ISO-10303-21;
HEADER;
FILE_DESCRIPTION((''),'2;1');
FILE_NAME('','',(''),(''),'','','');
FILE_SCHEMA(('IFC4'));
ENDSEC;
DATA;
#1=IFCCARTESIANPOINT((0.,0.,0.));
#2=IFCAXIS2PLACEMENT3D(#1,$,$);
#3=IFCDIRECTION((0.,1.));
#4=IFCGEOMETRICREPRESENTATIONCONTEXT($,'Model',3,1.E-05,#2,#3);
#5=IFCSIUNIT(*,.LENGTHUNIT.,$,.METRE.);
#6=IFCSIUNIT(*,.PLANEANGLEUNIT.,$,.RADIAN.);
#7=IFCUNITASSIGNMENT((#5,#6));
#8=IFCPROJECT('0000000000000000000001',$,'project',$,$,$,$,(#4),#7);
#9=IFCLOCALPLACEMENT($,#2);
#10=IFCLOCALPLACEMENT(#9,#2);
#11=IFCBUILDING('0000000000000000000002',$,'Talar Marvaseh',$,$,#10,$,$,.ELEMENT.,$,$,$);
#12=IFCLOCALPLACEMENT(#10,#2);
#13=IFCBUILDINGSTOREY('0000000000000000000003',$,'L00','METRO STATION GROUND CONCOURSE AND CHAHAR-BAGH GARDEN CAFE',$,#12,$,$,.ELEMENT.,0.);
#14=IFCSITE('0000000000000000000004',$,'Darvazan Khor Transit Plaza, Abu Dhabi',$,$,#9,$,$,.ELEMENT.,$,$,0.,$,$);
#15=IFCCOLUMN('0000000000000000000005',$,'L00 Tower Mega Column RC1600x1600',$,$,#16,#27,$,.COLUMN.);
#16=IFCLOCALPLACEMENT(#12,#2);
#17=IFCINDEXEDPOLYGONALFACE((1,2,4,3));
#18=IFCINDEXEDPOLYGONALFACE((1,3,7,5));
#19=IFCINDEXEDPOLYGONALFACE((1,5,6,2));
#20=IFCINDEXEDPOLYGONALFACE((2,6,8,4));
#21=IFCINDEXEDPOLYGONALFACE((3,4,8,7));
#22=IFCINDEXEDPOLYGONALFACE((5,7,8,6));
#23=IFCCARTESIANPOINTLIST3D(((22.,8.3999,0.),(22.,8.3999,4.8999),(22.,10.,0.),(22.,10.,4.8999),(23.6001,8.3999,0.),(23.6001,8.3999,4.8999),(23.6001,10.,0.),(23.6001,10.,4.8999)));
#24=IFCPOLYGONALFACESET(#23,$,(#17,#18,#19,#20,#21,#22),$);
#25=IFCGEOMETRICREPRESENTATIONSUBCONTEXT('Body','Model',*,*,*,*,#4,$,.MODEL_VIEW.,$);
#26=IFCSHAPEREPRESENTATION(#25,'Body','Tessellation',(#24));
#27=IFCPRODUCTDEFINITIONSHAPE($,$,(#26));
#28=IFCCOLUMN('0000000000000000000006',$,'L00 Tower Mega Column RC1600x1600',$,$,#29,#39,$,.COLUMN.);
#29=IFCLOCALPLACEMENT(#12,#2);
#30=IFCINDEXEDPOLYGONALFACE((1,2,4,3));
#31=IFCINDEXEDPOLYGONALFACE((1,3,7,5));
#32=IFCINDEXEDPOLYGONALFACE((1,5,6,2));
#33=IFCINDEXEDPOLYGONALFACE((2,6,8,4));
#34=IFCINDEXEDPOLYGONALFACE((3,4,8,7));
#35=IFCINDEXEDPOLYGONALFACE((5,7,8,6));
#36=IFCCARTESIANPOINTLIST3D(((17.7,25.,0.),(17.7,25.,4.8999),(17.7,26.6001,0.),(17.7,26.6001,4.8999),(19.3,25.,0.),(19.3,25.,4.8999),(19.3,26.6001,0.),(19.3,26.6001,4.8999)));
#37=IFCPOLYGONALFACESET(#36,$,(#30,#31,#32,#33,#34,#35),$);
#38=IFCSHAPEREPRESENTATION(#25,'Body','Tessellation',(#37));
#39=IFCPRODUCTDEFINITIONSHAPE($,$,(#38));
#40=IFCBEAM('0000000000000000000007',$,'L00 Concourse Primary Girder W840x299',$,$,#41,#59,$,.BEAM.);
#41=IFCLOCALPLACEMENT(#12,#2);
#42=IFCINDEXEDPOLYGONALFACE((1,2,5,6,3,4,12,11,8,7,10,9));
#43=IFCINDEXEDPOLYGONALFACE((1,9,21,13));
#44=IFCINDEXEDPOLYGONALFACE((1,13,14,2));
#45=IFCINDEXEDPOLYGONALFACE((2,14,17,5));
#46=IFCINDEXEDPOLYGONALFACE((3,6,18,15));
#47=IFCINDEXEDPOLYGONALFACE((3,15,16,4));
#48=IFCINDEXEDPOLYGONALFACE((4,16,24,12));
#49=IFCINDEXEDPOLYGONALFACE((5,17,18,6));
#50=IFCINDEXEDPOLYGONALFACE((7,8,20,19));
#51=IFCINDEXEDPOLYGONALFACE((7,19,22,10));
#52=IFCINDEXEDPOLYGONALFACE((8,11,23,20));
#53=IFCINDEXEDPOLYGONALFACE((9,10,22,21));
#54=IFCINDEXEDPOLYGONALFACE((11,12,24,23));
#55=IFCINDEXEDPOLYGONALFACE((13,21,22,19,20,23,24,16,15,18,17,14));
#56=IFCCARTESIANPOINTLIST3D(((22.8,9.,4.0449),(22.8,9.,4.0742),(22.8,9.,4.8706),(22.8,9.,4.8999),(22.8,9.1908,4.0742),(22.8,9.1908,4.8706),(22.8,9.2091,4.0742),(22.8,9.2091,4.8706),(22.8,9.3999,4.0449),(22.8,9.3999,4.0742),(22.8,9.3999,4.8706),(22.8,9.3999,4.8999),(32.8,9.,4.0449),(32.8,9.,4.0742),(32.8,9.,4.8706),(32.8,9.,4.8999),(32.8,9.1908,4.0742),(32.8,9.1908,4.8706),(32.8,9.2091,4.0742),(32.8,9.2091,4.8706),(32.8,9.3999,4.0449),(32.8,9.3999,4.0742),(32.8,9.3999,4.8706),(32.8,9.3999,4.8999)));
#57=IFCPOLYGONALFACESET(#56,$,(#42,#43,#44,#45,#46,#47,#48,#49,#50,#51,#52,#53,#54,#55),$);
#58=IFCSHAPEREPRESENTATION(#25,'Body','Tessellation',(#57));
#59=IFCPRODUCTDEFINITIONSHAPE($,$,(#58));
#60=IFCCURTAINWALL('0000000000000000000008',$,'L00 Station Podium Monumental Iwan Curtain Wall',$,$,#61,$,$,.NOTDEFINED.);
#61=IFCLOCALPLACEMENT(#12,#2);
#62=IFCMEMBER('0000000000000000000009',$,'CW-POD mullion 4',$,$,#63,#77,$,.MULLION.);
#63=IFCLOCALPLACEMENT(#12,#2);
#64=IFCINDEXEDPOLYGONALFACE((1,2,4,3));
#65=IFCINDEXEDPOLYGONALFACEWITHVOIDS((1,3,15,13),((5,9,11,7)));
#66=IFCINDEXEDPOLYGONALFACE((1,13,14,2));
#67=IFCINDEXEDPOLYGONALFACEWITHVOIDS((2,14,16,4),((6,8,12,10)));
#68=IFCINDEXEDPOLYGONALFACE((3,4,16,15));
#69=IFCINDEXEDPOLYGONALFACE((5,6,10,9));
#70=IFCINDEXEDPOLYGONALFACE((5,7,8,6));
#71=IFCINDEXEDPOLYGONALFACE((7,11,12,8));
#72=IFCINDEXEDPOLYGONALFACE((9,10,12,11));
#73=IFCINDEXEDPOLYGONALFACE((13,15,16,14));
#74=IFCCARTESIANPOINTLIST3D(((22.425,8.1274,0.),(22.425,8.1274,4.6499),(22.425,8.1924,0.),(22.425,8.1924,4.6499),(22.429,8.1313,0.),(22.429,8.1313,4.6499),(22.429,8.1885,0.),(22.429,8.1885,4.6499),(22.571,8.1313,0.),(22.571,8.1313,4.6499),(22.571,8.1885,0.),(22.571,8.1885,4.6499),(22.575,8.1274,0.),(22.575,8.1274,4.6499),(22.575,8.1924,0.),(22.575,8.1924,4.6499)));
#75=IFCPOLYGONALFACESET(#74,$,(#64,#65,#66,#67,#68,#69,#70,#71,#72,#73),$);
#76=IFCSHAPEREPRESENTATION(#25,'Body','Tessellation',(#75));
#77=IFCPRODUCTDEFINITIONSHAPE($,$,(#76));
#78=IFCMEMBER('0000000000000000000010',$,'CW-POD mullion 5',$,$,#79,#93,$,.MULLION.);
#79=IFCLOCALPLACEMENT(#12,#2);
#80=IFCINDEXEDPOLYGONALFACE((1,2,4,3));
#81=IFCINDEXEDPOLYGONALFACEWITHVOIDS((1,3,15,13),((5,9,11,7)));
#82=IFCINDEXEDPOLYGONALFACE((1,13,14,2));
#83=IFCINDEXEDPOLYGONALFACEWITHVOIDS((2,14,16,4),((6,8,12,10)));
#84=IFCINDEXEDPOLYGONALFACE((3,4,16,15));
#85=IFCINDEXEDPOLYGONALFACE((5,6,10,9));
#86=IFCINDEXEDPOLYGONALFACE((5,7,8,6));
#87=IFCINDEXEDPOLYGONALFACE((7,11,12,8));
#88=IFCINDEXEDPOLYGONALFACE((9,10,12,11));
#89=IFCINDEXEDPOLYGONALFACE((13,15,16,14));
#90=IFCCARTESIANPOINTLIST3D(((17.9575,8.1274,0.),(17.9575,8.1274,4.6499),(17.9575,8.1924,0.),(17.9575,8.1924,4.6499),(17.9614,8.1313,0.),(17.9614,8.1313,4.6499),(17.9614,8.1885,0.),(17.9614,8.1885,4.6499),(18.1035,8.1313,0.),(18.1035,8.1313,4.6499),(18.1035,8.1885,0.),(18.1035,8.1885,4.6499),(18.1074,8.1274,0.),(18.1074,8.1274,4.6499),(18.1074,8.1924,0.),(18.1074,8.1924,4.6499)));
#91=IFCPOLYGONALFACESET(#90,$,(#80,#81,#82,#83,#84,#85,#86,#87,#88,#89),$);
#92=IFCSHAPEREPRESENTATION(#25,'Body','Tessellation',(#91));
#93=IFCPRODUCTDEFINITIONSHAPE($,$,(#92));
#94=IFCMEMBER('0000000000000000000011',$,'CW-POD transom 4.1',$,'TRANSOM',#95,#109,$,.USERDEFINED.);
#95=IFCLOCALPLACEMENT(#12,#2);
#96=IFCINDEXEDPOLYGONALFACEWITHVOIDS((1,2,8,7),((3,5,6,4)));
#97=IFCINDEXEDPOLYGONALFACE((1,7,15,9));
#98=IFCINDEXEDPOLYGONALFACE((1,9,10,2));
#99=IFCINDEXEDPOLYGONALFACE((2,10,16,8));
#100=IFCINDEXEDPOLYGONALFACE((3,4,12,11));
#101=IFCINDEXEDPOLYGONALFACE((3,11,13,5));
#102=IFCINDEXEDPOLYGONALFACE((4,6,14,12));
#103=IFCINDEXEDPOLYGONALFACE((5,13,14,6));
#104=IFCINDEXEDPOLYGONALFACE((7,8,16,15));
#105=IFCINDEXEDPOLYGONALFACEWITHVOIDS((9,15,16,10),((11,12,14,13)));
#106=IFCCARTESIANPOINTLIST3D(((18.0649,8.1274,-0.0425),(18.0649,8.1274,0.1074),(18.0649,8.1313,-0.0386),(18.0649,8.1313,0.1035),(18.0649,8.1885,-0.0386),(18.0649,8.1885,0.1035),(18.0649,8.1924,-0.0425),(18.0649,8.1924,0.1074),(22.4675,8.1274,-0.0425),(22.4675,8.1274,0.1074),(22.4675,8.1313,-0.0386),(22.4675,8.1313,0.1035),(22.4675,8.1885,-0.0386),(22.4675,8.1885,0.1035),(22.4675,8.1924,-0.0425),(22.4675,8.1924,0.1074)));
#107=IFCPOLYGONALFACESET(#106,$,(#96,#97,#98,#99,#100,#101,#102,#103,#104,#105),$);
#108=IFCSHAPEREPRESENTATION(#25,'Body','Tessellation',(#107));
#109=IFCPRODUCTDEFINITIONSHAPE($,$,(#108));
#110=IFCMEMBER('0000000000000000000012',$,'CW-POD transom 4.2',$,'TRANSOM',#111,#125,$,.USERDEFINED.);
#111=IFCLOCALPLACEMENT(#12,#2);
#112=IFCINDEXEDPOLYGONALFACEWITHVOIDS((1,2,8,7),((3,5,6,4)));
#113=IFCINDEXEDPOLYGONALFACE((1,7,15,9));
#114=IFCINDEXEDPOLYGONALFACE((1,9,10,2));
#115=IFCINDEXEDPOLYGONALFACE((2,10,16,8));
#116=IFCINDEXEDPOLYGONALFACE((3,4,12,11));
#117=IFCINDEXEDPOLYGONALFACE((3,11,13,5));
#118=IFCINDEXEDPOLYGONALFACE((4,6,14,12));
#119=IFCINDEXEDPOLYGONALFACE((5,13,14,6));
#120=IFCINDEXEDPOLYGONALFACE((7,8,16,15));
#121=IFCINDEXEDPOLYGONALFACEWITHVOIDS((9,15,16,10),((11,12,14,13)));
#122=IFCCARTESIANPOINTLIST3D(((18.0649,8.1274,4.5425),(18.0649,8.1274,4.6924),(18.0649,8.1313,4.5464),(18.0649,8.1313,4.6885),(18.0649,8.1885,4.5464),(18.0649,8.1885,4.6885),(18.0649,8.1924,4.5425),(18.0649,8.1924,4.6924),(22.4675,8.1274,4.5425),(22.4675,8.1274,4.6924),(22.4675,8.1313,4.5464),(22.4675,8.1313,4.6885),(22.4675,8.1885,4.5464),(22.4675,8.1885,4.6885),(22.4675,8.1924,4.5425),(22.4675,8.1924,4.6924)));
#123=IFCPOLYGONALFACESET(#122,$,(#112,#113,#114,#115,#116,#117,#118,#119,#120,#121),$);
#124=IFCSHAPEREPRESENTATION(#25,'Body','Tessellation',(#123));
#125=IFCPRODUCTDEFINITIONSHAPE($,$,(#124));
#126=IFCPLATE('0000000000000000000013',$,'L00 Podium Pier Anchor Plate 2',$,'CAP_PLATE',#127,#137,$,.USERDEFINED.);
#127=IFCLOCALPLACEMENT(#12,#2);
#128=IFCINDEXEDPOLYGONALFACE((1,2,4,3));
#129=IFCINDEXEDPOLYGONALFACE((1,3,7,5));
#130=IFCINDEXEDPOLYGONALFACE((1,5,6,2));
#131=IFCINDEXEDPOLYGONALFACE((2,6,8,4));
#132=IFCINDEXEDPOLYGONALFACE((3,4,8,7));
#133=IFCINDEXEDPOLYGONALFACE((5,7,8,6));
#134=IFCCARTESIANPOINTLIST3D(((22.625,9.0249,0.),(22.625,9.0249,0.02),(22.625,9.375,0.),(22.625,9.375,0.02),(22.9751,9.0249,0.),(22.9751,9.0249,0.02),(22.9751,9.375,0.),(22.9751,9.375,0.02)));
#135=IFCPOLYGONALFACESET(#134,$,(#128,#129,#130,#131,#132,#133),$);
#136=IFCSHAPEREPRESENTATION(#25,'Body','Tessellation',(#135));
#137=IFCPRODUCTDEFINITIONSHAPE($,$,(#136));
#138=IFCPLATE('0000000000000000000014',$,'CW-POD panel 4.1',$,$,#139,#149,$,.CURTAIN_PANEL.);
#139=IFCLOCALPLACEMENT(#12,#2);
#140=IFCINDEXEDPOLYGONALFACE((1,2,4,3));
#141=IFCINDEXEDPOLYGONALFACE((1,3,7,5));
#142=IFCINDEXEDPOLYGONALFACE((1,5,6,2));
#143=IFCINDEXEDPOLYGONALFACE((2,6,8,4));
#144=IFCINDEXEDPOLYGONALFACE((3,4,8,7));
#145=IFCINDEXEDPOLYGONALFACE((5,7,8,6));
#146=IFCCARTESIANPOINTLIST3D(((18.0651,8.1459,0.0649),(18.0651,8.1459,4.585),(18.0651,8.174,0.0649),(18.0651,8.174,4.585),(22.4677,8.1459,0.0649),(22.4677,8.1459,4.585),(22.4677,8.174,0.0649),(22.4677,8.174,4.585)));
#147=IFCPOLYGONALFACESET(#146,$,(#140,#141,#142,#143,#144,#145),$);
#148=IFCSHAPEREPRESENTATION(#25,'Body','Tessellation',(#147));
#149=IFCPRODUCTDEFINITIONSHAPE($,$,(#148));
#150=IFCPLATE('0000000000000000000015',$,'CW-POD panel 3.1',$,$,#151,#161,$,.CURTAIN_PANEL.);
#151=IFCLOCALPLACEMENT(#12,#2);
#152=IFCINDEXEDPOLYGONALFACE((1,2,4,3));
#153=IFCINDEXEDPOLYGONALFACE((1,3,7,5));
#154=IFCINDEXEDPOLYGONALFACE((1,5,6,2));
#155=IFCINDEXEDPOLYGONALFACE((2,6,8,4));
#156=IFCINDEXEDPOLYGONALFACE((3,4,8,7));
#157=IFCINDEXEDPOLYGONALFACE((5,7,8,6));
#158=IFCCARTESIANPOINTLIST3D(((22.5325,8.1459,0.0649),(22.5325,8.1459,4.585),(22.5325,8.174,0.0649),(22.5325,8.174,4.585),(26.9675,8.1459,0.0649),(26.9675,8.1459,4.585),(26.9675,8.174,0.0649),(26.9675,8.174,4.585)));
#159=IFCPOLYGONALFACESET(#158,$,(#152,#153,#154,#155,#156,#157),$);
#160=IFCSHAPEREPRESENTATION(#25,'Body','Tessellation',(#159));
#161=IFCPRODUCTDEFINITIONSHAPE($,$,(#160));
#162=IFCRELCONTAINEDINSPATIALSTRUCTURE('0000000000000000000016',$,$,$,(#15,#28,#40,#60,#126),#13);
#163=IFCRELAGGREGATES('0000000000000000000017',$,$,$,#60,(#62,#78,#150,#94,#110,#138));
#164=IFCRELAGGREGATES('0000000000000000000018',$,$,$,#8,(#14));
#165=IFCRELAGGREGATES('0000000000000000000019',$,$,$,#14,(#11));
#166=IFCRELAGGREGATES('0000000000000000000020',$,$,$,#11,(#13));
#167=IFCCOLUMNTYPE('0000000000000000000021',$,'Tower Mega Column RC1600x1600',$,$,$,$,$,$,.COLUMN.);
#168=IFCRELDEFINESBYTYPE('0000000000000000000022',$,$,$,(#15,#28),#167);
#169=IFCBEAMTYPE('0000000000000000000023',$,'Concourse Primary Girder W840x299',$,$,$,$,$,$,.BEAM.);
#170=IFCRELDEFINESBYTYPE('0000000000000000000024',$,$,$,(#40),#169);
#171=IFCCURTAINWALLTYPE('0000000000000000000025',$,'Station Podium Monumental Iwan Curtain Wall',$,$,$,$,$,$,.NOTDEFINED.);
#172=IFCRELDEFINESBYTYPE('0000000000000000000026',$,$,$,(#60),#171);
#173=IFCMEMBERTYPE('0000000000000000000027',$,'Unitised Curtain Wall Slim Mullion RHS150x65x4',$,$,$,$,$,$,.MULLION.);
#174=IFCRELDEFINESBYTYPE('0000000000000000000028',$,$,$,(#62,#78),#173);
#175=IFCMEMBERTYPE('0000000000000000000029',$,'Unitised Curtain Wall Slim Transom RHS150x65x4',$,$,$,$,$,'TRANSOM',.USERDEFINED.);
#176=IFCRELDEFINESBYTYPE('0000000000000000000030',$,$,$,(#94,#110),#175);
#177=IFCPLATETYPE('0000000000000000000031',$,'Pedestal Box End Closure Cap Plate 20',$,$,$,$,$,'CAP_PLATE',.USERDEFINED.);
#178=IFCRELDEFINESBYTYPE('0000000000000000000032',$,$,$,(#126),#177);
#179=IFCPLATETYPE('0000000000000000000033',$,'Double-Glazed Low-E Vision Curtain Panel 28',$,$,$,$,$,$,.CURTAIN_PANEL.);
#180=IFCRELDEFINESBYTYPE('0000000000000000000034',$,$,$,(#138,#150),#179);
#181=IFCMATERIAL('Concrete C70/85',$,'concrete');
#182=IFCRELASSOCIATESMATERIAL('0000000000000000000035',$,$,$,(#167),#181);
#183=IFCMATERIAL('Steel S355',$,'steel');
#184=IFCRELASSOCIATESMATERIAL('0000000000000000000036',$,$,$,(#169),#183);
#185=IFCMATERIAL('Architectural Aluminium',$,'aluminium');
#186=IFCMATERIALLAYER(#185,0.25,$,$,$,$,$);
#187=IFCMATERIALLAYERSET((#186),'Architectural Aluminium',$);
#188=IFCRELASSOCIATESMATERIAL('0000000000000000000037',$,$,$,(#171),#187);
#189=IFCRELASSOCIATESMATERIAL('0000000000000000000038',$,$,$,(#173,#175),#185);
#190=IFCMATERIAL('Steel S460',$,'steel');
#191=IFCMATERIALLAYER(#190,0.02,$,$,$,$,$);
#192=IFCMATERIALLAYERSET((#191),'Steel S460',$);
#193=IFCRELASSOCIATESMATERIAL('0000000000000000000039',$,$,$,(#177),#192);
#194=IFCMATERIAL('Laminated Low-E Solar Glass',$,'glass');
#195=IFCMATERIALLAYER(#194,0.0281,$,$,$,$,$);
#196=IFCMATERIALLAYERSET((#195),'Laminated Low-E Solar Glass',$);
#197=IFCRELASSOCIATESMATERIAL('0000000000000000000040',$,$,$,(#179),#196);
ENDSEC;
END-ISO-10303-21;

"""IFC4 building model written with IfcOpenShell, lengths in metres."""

from ifc_helpers import new_model, si_unit, direction, frame, origin, origin_2d, place, context, subcontext, project, spatial, rectangle, hollow_rectangle, i_section, extrude, source, transform, mapped, material, layer, layer_set, material_profile, profile_set, type_object, type_shapes, element, aggregate, save


model = new_model("IFC4")

# Units and contexts
model_context = context("Model", 3, precision=1e-05, world=origin(), true_north=direction((0.0, 1.0)))
body_context = subcontext(model_context, "Body", "Model", "MODEL_VIEW")
ifc_project = project(units=[si_unit("LENGTHUNIT", "METRE"), si_unit("PLANEANGLEUNIT", "RADIAN")], contexts=[model_context])

# Site, building, storey
site_placement = place(None, origin())
site = spatial("IfcSite", under=ifc_project, at=site_placement, Name="Darvazan Khor Transit Plaza, Abu Dhabi", CompositionType="ELEMENT", RefElevation=0.0)
building_placement = place(site_placement, origin())
building = spatial("IfcBuilding", under=site, at=building_placement, Name="Talar Marvaseh", CompositionType="ELEMENT")
storey_placement = place(building_placement, origin())
storey = spatial("IfcBuildingStorey", under=building, at=storey_placement, Name="L00", Description="METRO STATION GROUND CONCOURSE AND CHAHAR-BAGH GARDEN CAFE", CompositionType="ELEMENT", Elevation=0.0)

# Columns
ifc_material_1 = material(Name="Concrete C70/85", Category="concrete")
ifc_material_profile_1 = material_profile(ifc_material_1, rectangle(XDim=1.6001, YDim=1.6001, at=origin_2d()), Name="RC1600x1600")
ifc_profile_set_1 = profile_set([ifc_material_profile_1], Name="Concrete C70/85")
column_type = type_object("IfcColumnType", Name="Tower Mega Column RC1600x1600", PredefinedType="COLUMN", material=ifc_profile_set_1)
for number, where, z_axis, x_axis, name in (
    (1, (22.8, 9.2, 0.0), (0.0, 0.0, 1.0), (1.0, 0.0, 0.0), "L00 Tower Mega Column RC1600x1600"),
    (2, (18.5, 25.8, 0.0), (0.0, 0.0, 1.0), (1.0, 0.0, 0.0), "L00 Tower Mega Column RC1600x1600"),
):
    element("IfcColumn", number, at=place(storey_placement, frame(where, z_axis=z_axis, x_axis=x_axis)), inside=storey, type_object=column_type, Name=name, PredefinedType="COLUMN", context=body_context, shape_type="SweptSolid", body=[
        extrude(rectangle(XDim=1.6001, YDim=1.6001, at=origin_2d()), origin(), (0.0, 0.0, 1.0), 4.8999),
    ])

# Beam
ifc_material_2 = material(Name="Steel S355", Category="steel")
ifc_material_profile_2 = material_profile(ifc_material_2, i_section(OverallWidth=0.3999, OverallDepth=0.855, WebThickness=0.0183, FlangeThickness=0.0293, at=origin_2d()), Name="W840x299")
ifc_profile_set_2 = profile_set([ifc_material_profile_2], Name="Steel S355")
beam_type = type_object("IfcBeamType", Name="Concourse Primary Girder W840x299", PredefinedType="BEAM", material=ifc_profile_set_2)
beam_placement = place(storey_placement, frame((22.8, 9.2, 4.4724), z_axis=(1.0, 0.0, 0.0), x_axis=(0.0, 1.0, 0.0)))
element("IfcBeam", 3, at=beam_placement, inside=storey, type_object=beam_type, Name="L00 Concourse Primary Girder W840x299", PredefinedType="BEAM", context=body_context, shape_type="SweptSolid", body=[
    extrude(i_section(OverallWidth=0.3999, OverallDepth=0.855, WebThickness=0.0183, FlangeThickness=0.0293, at=origin_2d()), origin(), (0.0, 0.0, 1.0), 10.0),
])

# Curtain wall, members
ifc_material_3 = material(Name="Architectural Aluminium", Category="aluminium")
ifc_layer_1 = layer(ifc_material_3, 0.25)
ifc_layer_set_1 = layer_set([ifc_layer_1], Name="Architectural Aluminium")
curtain_wall_type = type_object("IfcCurtainWallType", Name="Station Podium Monumental Iwan Curtain Wall", PredefinedType="NOTDEFINED", material=ifc_layer_set_1)
curtain_wall_placement = place(storey_placement, origin())
curtain_wall = element("IfcCurtainWall", 4, at=curtain_wall_placement, inside=storey, type_object=curtain_wall_type, Name="L00 Station Podium Monumental Iwan Curtain Wall", PredefinedType="NOTDEFINED")
ifc_material_profile_3 = material_profile(ifc_material_3, hollow_rectangle(XDim=0.0649, YDim=0.1499, WallThickness=0.0039, at=origin_2d()), Name="RHS150x65x4")
ifc_profile_set_3 = profile_set([ifc_material_profile_3], Name="Architectural Aluminium")
member_type_1 = type_object("IfcMemberType", Name="Unitised Curtain Wall Slim Mullion RHS150x65x4", PredefinedType="MULLION", material=ifc_profile_set_3)
shared_shape_1 = source(origin(), body_context, "Body", "SweptSolid", [
    extrude(hollow_rectangle(XDim=0.0649, YDim=0.1499, WallThickness=0.0039, at=origin_2d()), origin(), (0.0, 0.0, 1.0), 4.6499),
])
type_shapes(member_type_1, [shared_shape_1])
member_1_placement = place(storey_placement, frame((22.5, 8.1599, 0.0), z_axis=(0.0, 0.0, 1.0), x_axis=(0.0, -1.0, 0.0)))
member_1 = element("IfcMember", 5, at=member_1_placement, type_object=member_type_1, Name="CW-POD mullion 4", PredefinedType="MULLION", context=body_context, shape_type="MappedRepresentation", body=[
    mapped(shared_shape_1, transform((0.0, 0.0, 0.0), x_axis=(1.0, 0.0, 0.0), y_axis=(0.0, 1.0, 0.0), z_axis=(0.0, 0.0, 1.0), scale=1.0)),
])
member_2_placement = place(storey_placement, frame((18.0325, 8.1599, 0.0), z_axis=(0.0, 0.0, 1.0), x_axis=(0.0, -1.0, 0.0)))
member_2 = element("IfcMember", 6, at=member_2_placement, type_object=member_type_1, Name="CW-POD mullion 5", PredefinedType="MULLION", context=body_context, shape_type="MappedRepresentation", body=[
    mapped(shared_shape_1, transform((0.0, 0.0, 0.0), x_axis=(1.0, 0.0, 0.0), y_axis=(0.0, 1.0, 0.0), z_axis=(0.0, 0.0, 1.0), scale=1.0)),
])
ifc_material_profile_4 = material_profile(ifc_material_3, hollow_rectangle(XDim=0.0649, YDim=0.1499, WallThickness=0.0039, at=origin_2d()), Name="RHS150x65x4")
ifc_profile_set_4 = profile_set([ifc_material_profile_4], Name="Architectural Aluminium")
member_type_2 = type_object("IfcMemberType", Name="Unitised Curtain Wall Slim Transom RHS150x65x4", ElementType="TRANSOM", PredefinedType="USERDEFINED", material=ifc_profile_set_4)
shared_shape_2 = source(origin(), body_context, "Body", "SweptSolid", [
    extrude(hollow_rectangle(XDim=0.0649, YDim=0.1499, WallThickness=0.0039, at=origin_2d()), origin(), (0.0, 0.0, 1.0), 4.4026),
])
type_shapes(member_type_2, [shared_shape_2])
member_3_placement = place(storey_placement, frame((22.4675, 8.1599, 0.0325), z_axis=(-1.0, 0.0, 0.0), x_axis=(0.0, -1.0, 0.0)))
member_3 = element("IfcMember", 7, at=member_3_placement, type_object=member_type_2, Name="CW-POD transom 4.1", ObjectType="TRANSOM", PredefinedType="USERDEFINED", context=body_context, shape_type="MappedRepresentation", body=[
    mapped(shared_shape_2, transform((0.0, 0.0, 0.0), x_axis=(1.0, 0.0, 0.0), y_axis=(0.0, 1.0, 0.0), z_axis=(0.0, 0.0, 1.0), scale=1.0)),
])
member_4_placement = place(storey_placement, frame((22.4675, 8.1599, 4.6174), z_axis=(-1.0, 0.0, 0.0), x_axis=(0.0, -1.0, 0.0)))
member_4 = element("IfcMember", 8, at=member_4_placement, type_object=member_type_2, Name="CW-POD transom 4.2", ObjectType="TRANSOM", PredefinedType="USERDEFINED", context=body_context, shape_type="MappedRepresentation", body=[
    mapped(shared_shape_2, transform((0.0, 0.0, 0.0), x_axis=(1.0, 0.0, 0.0), y_axis=(0.0, 1.0, 0.0), z_axis=(0.0, 0.0, 1.0), scale=1.0)),
])

# Plates
ifc_material_4 = material(Name="Steel S460", Category="steel")
ifc_layer_2 = layer(ifc_material_4, 0.02)
ifc_layer_set_2 = layer_set([ifc_layer_2], Name="Steel S460")
plate_type_1 = type_object("IfcPlateType", Name="Pedestal Box End Closure Cap Plate 20", ElementType="CAP_PLATE", PredefinedType="USERDEFINED", material=ifc_layer_set_2)
shared_shape_3 = source(origin(), body_context, "Body", "SweptSolid", [
    extrude(rectangle(XDim=0.3501, YDim=0.3501, at=origin_2d()), origin(), (0.0, 0.0, 1.0), 0.02),
])
type_shapes(plate_type_1, [shared_shape_3])
plate_1_placement = place(storey_placement, frame((22.8, 9.2, 0.0), z_axis=(0.0, 0.0, 1.0), x_axis=(1.0, 0.0, 0.0)))
element("IfcPlate", 9, at=plate_1_placement, inside=storey, type_object=plate_type_1, Name="L00 Podium Pier Anchor Plate 2", ObjectType="CAP_PLATE", PredefinedType="USERDEFINED", context=body_context, shape_type="MappedRepresentation", body=[
    mapped(shared_shape_3, transform((0.0, 0.0, 0.0), x_axis=(1.0, 0.0, 0.0), y_axis=(0.0, 1.0, 0.0), z_axis=(0.0, 0.0, 1.0), scale=1.0)),
])
ifc_material_5 = material(Name="Laminated Low-E Solar Glass", Category="glass")
ifc_layer_3 = layer(ifc_material_5, 0.0281)
ifc_layer_set_3 = layer_set([ifc_layer_3], Name="Laminated Low-E Solar Glass")
plate_type_2 = type_object("IfcPlateType", Name="Double-Glazed Low-E Vision Curtain Panel 28", PredefinedType="CURTAIN_PANEL", material=ifc_layer_set_3)
shared_shape_4 = source(origin(), body_context, "Body", "SweptSolid", [
    extrude(rectangle(XDim=4.4026, YDim=0.0281, at=origin_2d()), origin(), (0.0, 0.0, 1.0), 4.52),
])
plate_2_placement = place(storey_placement, frame((20.2664, 8.1599, 0.0649), z_axis=(0.0, 0.0, 1.0), x_axis=(-1.0, 0.0, 0.0)))
plate_2 = element("IfcPlate", 10, at=plate_2_placement, type_object=plate_type_2, Name="CW-POD panel 4.1", PredefinedType="CURTAIN_PANEL", context=body_context, shape_type="MappedRepresentation", body=[
    mapped(shared_shape_4, transform((0.0, 0.0, 0.0), x_axis=(1.0, 0.0, 0.0), y_axis=(0.0, 1.0, 0.0), z_axis=(0.0, 0.0, 1.0), scale=1.0)),
])
shared_shape_5 = source(origin(), body_context, "Body", "SweptSolid", [
    extrude(rectangle(XDim=4.4351, YDim=0.0281, at=origin_2d()), origin(), (0.0, 0.0, 1.0), 4.52),
])
type_shapes(plate_type_2, [shared_shape_4, shared_shape_5])
plate_3_placement = place(storey_placement, frame((24.75, 8.1599, 0.0649), z_axis=(0.0, 0.0, 1.0), x_axis=(-1.0, 0.0, 0.0)))
plate_3 = element("IfcPlate", 11, at=plate_3_placement, type_object=plate_type_2, Name="CW-POD panel 3.1", PredefinedType="CURTAIN_PANEL", context=body_context, shape_type="MappedRepresentation", body=[
    mapped(shared_shape_5, transform((0.0, 0.0, 0.0), x_axis=(1.0, 0.0, 0.0), y_axis=(0.0, 1.0, 0.0), z_axis=(0.0, 0.0, 1.0), scale=1.0)),
])
aggregate(curtain_wall, [member_1, member_2, plate_3, member_3, member_4, plate_2])

save(model, "model.ifc")
